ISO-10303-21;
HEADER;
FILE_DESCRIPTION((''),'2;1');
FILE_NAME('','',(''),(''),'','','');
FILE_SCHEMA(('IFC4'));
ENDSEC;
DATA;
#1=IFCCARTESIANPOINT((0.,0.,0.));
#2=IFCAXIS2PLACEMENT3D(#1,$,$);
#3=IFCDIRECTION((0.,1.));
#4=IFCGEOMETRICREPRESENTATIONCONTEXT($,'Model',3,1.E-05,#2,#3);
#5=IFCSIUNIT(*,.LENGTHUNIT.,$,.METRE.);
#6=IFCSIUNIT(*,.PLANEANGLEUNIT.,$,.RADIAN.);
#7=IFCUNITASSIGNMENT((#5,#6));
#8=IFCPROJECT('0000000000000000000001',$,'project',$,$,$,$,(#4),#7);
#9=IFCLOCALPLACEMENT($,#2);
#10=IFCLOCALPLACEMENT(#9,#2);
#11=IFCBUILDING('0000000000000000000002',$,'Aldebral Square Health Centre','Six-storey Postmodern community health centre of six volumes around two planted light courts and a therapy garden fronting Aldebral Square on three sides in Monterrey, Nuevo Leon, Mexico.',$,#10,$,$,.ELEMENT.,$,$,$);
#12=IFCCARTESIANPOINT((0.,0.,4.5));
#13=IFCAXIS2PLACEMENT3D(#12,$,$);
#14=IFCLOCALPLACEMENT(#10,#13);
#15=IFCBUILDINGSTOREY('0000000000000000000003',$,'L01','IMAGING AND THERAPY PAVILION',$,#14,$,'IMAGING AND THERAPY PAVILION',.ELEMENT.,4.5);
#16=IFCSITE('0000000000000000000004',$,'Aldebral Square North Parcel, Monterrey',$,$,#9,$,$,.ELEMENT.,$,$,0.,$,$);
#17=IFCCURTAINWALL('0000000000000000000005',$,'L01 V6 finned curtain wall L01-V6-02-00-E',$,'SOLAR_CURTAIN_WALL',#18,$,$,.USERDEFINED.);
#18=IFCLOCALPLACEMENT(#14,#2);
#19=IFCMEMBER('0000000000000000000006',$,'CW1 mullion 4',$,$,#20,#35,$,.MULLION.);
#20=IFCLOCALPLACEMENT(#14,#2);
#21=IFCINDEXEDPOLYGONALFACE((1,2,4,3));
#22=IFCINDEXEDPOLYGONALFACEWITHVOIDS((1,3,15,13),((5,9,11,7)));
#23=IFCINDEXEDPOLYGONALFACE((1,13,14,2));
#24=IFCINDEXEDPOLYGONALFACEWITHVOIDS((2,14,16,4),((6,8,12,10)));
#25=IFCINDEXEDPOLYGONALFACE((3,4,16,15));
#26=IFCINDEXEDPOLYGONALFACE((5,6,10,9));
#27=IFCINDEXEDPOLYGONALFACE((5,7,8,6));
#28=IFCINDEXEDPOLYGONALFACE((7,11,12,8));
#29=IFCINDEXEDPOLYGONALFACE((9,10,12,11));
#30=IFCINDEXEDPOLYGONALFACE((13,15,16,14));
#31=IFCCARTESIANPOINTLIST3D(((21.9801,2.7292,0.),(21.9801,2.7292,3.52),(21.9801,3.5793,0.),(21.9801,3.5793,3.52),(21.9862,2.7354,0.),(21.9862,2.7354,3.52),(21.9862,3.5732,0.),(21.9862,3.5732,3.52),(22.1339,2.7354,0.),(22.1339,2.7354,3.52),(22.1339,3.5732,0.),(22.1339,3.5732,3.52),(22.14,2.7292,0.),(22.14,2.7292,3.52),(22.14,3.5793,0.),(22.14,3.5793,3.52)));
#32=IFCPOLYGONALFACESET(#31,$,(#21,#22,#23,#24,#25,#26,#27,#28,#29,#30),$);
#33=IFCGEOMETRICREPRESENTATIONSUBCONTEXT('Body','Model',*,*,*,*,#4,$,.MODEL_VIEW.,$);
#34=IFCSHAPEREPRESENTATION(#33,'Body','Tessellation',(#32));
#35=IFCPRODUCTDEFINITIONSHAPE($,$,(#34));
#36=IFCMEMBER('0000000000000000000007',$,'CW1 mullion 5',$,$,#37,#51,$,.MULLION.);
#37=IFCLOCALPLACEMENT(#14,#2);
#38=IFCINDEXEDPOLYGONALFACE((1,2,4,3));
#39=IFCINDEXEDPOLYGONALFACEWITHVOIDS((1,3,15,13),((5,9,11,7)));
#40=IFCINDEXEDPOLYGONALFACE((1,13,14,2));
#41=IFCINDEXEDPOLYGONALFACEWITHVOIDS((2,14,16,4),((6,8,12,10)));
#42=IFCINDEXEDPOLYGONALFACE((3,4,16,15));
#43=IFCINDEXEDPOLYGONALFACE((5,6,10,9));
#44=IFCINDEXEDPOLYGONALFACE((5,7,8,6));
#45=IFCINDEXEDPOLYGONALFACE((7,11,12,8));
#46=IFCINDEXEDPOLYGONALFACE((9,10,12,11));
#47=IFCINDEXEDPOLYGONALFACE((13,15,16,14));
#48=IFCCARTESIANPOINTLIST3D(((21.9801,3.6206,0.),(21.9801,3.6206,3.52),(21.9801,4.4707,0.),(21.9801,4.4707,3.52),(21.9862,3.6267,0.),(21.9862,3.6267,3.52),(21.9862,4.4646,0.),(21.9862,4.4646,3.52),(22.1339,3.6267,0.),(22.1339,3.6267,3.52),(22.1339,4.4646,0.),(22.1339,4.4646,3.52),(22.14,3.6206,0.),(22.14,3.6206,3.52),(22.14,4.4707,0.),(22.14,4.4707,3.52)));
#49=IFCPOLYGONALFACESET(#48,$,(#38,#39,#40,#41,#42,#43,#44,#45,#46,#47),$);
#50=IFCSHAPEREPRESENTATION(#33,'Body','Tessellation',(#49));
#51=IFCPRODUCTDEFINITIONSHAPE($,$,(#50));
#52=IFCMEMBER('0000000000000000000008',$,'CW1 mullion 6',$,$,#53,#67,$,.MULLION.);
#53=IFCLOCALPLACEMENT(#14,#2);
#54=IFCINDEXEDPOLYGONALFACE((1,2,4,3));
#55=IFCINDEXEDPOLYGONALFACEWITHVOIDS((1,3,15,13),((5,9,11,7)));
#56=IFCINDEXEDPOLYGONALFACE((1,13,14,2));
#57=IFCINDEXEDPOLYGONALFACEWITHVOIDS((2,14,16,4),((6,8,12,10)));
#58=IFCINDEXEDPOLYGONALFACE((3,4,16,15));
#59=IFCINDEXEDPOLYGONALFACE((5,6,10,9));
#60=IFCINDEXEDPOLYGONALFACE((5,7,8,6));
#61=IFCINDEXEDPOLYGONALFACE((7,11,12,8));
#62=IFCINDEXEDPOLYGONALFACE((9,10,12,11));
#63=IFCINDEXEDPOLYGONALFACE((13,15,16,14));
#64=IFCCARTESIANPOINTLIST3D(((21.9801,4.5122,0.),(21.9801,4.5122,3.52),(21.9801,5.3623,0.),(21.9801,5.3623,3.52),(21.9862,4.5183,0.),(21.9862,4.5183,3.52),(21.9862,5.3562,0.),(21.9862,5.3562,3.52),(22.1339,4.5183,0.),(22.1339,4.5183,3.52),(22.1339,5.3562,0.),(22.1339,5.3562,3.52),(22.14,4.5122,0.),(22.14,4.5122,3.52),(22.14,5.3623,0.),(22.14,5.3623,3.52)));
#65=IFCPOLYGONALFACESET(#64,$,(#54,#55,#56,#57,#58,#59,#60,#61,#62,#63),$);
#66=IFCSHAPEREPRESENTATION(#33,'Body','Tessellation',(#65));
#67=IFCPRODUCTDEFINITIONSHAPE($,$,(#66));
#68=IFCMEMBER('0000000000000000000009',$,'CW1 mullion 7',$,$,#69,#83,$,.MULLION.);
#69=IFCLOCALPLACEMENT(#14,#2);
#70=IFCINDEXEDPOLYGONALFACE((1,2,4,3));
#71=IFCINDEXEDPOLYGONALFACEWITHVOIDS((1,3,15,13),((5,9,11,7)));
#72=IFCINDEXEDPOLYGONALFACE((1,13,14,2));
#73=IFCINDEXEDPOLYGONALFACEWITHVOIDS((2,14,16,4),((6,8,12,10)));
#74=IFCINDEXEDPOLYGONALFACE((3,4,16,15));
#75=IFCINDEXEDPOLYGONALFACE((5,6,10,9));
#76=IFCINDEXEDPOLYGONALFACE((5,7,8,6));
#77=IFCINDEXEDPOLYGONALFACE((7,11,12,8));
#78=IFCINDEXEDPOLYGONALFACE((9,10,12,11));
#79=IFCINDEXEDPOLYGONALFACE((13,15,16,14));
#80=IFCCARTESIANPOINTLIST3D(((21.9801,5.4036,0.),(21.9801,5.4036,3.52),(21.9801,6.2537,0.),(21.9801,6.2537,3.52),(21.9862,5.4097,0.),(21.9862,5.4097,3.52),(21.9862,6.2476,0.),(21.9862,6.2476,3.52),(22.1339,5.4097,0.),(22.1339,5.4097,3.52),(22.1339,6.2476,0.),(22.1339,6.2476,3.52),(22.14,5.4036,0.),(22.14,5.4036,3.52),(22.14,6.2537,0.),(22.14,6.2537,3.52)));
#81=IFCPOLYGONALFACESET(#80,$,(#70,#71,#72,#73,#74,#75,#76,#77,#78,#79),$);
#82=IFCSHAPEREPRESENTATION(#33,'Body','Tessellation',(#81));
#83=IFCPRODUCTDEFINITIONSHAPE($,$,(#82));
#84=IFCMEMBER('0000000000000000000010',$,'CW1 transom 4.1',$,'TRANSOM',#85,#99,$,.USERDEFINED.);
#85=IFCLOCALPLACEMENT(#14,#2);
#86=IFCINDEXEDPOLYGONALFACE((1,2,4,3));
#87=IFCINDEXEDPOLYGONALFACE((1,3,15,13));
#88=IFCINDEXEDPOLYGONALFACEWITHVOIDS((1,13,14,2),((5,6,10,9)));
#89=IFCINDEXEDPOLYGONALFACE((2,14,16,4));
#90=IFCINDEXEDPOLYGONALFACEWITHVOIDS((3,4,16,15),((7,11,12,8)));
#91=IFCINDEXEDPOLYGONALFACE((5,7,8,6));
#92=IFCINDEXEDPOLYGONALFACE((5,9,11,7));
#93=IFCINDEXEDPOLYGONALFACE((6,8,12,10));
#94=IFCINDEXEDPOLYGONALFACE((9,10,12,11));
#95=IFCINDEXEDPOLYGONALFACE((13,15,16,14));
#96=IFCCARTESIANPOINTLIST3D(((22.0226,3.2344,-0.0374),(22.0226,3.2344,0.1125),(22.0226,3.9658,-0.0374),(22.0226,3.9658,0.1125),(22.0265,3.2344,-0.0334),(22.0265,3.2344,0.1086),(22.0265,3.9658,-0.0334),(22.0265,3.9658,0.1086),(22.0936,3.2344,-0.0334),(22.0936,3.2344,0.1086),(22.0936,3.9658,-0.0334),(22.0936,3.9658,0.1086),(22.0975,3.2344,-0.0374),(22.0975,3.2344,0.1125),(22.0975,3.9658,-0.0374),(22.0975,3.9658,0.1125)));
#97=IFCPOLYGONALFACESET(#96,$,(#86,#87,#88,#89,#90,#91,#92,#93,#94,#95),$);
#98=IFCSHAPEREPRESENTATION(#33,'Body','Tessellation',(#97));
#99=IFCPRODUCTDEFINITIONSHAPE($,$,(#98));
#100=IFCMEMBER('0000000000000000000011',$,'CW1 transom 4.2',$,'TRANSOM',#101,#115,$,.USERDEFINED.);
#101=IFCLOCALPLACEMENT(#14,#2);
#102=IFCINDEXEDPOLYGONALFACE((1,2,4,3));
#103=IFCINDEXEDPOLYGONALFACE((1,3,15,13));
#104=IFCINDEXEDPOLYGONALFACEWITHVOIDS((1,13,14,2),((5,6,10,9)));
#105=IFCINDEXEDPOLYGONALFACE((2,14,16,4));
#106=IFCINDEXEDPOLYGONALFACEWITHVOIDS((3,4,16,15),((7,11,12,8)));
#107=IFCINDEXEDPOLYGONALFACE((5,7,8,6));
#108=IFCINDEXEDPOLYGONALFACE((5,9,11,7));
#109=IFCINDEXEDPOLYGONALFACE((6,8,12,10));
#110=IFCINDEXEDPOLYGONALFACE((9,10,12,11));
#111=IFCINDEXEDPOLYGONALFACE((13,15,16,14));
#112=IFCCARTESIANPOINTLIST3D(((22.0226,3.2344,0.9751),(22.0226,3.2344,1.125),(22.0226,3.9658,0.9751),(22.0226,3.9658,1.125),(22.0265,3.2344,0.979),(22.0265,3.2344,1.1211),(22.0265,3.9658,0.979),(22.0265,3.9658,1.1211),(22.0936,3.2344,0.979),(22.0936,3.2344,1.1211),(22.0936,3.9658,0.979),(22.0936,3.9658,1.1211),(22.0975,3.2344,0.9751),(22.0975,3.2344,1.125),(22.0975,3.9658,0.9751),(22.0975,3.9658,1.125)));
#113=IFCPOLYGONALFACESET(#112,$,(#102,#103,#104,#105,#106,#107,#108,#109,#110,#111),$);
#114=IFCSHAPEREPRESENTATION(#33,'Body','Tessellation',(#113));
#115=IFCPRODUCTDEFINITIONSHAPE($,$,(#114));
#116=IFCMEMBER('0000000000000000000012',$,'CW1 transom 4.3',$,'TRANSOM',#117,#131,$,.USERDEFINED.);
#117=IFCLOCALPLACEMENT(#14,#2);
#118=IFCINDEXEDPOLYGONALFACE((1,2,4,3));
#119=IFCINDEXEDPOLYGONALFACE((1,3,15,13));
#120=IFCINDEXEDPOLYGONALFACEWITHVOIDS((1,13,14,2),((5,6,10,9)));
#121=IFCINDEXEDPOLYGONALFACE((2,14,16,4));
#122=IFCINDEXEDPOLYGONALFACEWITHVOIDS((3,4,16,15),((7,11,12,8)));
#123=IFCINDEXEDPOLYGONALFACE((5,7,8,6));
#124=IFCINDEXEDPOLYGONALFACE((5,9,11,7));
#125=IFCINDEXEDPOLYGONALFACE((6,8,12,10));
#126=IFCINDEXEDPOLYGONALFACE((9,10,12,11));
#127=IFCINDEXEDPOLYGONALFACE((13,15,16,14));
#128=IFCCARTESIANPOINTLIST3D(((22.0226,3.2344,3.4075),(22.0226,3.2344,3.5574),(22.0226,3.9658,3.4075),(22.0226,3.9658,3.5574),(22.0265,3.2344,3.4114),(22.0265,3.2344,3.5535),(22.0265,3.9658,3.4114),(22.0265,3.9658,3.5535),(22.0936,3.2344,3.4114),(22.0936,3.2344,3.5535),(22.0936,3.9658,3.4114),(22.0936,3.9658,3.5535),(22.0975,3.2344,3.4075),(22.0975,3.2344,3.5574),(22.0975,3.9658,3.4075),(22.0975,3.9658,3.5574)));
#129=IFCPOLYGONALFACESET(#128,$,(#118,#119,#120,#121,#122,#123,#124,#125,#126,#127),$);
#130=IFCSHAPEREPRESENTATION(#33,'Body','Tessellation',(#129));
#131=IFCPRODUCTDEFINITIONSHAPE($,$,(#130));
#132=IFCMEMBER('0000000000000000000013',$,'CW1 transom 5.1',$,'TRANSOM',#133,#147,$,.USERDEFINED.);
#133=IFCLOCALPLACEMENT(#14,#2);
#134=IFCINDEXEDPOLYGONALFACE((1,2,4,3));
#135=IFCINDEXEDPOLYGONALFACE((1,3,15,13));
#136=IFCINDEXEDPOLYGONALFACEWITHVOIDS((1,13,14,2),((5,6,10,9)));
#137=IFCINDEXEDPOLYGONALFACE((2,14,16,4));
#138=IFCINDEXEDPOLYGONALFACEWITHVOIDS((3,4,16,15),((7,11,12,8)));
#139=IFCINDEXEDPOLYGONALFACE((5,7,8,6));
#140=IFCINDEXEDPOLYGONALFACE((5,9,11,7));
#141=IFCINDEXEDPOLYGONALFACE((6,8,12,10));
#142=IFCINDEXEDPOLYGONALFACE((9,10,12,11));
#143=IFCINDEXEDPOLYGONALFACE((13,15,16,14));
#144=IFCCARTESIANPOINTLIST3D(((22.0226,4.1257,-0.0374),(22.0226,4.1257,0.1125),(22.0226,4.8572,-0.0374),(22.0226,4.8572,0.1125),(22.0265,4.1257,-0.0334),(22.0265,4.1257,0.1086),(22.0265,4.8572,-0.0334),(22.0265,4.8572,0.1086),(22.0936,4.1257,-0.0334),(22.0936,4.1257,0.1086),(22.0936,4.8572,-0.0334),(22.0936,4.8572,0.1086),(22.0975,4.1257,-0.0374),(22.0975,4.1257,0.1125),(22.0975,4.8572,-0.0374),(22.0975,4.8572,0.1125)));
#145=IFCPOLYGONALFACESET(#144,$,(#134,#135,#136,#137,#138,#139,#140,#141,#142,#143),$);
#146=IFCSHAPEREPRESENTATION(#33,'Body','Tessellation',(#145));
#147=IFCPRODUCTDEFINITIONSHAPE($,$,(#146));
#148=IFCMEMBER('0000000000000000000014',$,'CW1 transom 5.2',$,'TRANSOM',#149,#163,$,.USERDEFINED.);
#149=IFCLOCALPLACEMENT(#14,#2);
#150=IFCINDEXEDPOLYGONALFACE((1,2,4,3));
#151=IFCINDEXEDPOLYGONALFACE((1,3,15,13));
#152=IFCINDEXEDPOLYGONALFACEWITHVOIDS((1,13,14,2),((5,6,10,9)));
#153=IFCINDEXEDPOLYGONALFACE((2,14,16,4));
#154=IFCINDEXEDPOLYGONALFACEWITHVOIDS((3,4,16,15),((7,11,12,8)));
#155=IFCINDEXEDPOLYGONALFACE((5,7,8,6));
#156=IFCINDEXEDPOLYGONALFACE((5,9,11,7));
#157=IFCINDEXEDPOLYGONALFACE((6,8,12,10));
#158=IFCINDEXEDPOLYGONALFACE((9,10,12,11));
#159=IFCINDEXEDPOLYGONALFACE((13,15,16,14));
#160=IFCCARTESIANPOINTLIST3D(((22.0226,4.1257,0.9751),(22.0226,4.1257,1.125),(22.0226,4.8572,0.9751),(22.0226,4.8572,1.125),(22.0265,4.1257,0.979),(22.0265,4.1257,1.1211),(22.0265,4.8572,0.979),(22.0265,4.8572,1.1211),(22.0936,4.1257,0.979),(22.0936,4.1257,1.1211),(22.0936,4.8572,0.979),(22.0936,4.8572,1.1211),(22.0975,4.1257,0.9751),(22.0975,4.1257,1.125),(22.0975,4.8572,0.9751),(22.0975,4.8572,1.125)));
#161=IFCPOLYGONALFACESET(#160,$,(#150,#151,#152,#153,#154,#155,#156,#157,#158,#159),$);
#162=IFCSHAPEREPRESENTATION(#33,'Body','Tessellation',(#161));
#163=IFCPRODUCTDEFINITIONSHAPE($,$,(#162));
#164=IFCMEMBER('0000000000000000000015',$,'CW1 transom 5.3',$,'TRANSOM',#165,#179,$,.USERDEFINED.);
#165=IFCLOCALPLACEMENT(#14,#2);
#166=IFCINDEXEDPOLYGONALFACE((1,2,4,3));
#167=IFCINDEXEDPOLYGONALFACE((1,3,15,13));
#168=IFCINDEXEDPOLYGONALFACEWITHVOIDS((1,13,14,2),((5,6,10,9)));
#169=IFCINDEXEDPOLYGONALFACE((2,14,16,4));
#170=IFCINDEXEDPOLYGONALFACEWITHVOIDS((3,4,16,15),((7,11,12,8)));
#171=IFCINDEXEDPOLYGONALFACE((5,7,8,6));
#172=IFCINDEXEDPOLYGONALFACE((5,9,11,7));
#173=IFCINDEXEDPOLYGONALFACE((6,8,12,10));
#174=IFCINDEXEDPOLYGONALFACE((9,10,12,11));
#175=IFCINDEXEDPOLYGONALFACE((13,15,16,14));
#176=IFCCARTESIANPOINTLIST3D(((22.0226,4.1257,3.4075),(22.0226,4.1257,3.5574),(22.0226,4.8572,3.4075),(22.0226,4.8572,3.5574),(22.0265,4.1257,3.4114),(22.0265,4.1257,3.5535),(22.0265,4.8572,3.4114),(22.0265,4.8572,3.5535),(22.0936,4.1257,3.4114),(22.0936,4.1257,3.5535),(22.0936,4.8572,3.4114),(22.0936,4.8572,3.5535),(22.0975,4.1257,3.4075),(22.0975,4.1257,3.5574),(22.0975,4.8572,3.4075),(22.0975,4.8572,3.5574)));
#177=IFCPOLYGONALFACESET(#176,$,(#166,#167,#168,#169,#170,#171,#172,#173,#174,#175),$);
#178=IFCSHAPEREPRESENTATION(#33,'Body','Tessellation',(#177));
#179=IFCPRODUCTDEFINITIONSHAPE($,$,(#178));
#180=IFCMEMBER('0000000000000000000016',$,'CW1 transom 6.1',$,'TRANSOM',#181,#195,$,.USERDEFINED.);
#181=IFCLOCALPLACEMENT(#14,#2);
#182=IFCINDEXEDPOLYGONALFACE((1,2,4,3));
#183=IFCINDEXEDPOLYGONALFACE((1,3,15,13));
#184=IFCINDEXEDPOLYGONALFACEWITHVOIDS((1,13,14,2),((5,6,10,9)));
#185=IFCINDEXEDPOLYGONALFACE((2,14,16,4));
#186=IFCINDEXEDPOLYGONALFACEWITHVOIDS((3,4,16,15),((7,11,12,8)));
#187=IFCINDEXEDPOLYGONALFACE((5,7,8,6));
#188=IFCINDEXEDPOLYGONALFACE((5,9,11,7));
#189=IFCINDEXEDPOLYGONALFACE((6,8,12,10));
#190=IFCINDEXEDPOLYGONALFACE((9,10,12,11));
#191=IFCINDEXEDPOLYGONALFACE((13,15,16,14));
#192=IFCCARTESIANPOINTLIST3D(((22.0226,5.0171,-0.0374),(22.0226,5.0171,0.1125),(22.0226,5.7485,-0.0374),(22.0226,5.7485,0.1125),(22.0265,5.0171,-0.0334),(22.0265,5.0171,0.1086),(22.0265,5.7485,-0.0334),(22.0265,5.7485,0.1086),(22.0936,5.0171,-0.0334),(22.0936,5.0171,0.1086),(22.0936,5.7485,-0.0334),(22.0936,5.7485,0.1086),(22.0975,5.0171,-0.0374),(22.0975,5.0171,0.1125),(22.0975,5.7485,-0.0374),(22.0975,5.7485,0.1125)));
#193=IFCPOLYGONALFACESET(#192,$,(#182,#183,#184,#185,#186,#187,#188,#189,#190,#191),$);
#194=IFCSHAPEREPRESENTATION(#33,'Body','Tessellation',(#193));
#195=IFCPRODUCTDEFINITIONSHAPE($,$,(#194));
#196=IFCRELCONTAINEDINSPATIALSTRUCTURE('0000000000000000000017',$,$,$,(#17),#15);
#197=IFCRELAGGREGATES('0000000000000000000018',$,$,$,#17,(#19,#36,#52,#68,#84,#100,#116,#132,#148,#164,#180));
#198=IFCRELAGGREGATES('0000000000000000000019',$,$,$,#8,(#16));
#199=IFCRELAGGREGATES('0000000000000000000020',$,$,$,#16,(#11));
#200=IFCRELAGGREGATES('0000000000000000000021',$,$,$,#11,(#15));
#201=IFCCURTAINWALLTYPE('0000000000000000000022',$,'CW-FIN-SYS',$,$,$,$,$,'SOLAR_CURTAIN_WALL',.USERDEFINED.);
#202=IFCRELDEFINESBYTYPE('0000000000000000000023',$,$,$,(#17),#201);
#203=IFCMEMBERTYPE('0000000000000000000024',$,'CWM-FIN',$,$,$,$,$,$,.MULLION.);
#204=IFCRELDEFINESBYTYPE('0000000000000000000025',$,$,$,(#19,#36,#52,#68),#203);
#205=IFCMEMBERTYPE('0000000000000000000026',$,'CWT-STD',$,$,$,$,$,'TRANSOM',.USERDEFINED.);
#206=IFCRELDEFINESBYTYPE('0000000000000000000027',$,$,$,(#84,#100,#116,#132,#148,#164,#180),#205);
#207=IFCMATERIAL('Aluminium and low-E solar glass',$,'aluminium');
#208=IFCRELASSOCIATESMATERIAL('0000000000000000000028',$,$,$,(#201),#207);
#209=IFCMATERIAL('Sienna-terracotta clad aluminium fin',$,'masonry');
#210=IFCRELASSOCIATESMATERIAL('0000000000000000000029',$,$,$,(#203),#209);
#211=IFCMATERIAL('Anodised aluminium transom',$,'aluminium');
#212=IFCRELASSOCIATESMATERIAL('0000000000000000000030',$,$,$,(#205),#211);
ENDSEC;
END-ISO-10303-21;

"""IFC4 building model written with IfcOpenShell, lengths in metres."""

from ifc_helpers import new_model, si_unit, direction, frame, origin, origin_2d, place, context, subcontext, project, spatial, hollow_rectangle, extrude, material, material_profile, profile_set, type_object, element, aggregate, save


model = new_model("IFC4")

# Units and contexts
model_context = context("Model", 3, precision=1e-05, world=origin(), true_north=direction((0.0, 1.0)))
body_context = subcontext(model_context, "Body", "Model", "MODEL_VIEW")
ifc_project = project(units=[si_unit("LENGTHUNIT", "METRE"), si_unit("PLANEANGLEUNIT", "RADIAN")], contexts=[model_context])

# Site, building, storey
site_placement = place(None, origin())
site = spatial("IfcSite", under=ifc_project, at=site_placement, Name="Aldebral Square North Parcel, Monterrey", CompositionType="ELEMENT", RefElevation=0.0)
building_placement = place(site_placement, origin())
building = spatial("IfcBuilding", under=site, at=building_placement, Name="Aldebral Square Health Centre", Description="Six-storey Postmodern community health centre of six volumes around two planted light courts and a therapy garden fronting Aldebral Square on three sides in Monterrey, Nuevo Leon, Mexico.", CompositionType="ELEMENT")
storey_placement = place(building_placement, frame((0.0, 0.0, 4.5)))
storey = spatial("IfcBuildingStorey", under=building, at=storey_placement, Name="L01", Description="IMAGING AND THERAPY PAVILION", LongName="IMAGING AND THERAPY PAVILION", CompositionType="ELEMENT", Elevation=4.5)

# Curtain wall, members
ifc_material_1 = material(Name="Aluminium and low-E solar glass", Category="aluminium")
curtain_wall_type = type_object("IfcCurtainWallType", Name="CW-FIN-SYS", ElementType="SOLAR_CURTAIN_WALL", PredefinedType="USERDEFINED", material=ifc_material_1)
curtain_wall_placement = place(storey_placement, origin())
curtain_wall = element("IfcCurtainWall", 1, at=curtain_wall_placement, inside=storey, type_object=curtain_wall_type, Name="L01 V6 finned curtain wall L01-V6-02-00-E", ObjectType="SOLAR_CURTAIN_WALL", PredefinedType="USERDEFINED")
ifc_material_2 = material(Name="Sienna-terracotta clad aluminium fin", Category="masonry")
ifc_material_profile_1 = material_profile(ifc_material_2, hollow_rectangle(XDim=0.1599, YDim=0.8501, WallThickness=0.0061, at=origin_2d()), Name="FIN 160x850x6")
ifc_profile_set_1 = profile_set([ifc_material_profile_1], Name="Sienna-terracotta clad aluminium fin")
member_type_1 = type_object("IfcMemberType", Name="CWM-FIN", PredefinedType="MULLION", material=ifc_profile_set_1)
member_1_placement = place(storey_placement, frame((22.0601, 3.1543, 0.0), z_axis=(0.0, 0.0, 1.0), x_axis=(-1.0, 0.0, 0.0)))
member_1 = element("IfcMember", 2, at=member_1_placement, type_object=member_type_1, Name="CW1 mullion 4", PredefinedType="MULLION", context=body_context, shape_type="SweptSolid", body=[
    extrude(hollow_rectangle(XDim=0.1599, YDim=0.8501, WallThickness=0.0061, at=origin_2d()), origin(), (0.0, 0.0, 1.0), 3.52),
])
member_2_placement = place(storey_placement, frame((22.0601, 4.0457, 0.0), z_axis=(0.0, 0.0, 1.0), x_axis=(-1.0, 0.0, 0.0)))
member_2 = element("IfcMember", 3, at=member_2_placement, type_object=member_type_1, Name="CW1 mullion 5", PredefinedType="MULLION", context=body_context, shape_type="SweptSolid", body=[
    extrude(hollow_rectangle(XDim=0.1599, YDim=0.8501, WallThickness=0.0061, at=origin_2d()), origin(), (0.0, 0.0, 1.0), 3.52),
])
member_3_placement = place(storey_placement, frame((22.0601, 4.9373, 0.0), z_axis=(0.0, 0.0, 1.0), x_axis=(-1.0, 0.0, 0.0)))
member_3 = element("IfcMember", 4, at=member_3_placement, type_object=member_type_1, Name="CW1 mullion 6", PredefinedType="MULLION", context=body_context, shape_type="SweptSolid", body=[
    extrude(hollow_rectangle(XDim=0.1599, YDim=0.8501, WallThickness=0.0061, at=origin_2d()), origin(), (0.0, 0.0, 1.0), 3.52),
])
member_4_placement = place(storey_placement, frame((22.0601, 5.8286, 0.0), z_axis=(0.0, 0.0, 1.0), x_axis=(-1.0, 0.0, 0.0)))
member_4 = element("IfcMember", 5, at=member_4_placement, type_object=member_type_1, Name="CW1 mullion 7", PredefinedType="MULLION", context=body_context, shape_type="SweptSolid", body=[
    extrude(hollow_rectangle(XDim=0.1599, YDim=0.8501, WallThickness=0.0061, at=origin_2d()), origin(), (0.0, 0.0, 1.0), 3.52),
])
ifc_material_3 = material(Name="Anodised aluminium transom", Category="aluminium")
ifc_material_profile_2 = material_profile(ifc_material_3, hollow_rectangle(XDim=0.075, YDim=0.1499, WallThickness=0.0039, at=origin_2d()), Name="CWT 75x150x4")
ifc_profile_set_2 = profile_set([ifc_material_profile_2], Name="Anodised aluminium transom")
member_type_2 = type_object("IfcMemberType", Name="CWT-STD", ElementType="TRANSOM", PredefinedType="USERDEFINED", material=ifc_profile_set_2)
member_5_placement = place(storey_placement, frame((22.0601, 3.2344, 0.0376), z_axis=(0.0, 1.0, 0.0), x_axis=(-1.0, 0.0, 0.0)))
member_5 = element("IfcMember", 6, at=member_5_placement, type_object=member_type_2, Name="CW1 transom 4.1", ObjectType="TRANSOM", PredefinedType="USERDEFINED", context=body_context, shape_type="SweptSolid", body=[
    extrude(hollow_rectangle(XDim=0.075, YDim=0.1499, WallThickness=0.0039, at=origin_2d()), origin(), (0.0, 0.0, 1.0), 0.7314),
])
member_6_placement = place(storey_placement, frame((22.0601, 3.2344, 1.05), z_axis=(0.0, 1.0, 0.0), x_axis=(-1.0, 0.0, 0.0)))
member_6 = element("IfcMember", 7, at=member_6_placement, type_object=member_type_2, Name="CW1 transom 4.2", ObjectType="TRANSOM", PredefinedType="USERDEFINED", context=body_context, shape_type="SweptSolid", body=[
    extrude(hollow_rectangle(XDim=0.075, YDim=0.1499, WallThickness=0.0039, at=origin_2d()), origin(), (0.0, 0.0, 1.0), 0.7314),
])
member_7_placement = place(storey_placement, frame((22.0601, 3.2344, 3.4824), z_axis=(0.0, 1.0, 0.0), x_axis=(-1.0, 0.0, 0.0)))
member_7 = element("IfcMember", 8, at=member_7_placement, type_object=member_type_2, Name="CW1 transom 4.3", ObjectType="TRANSOM", PredefinedType="USERDEFINED", context=body_context, shape_type="SweptSolid", body=[
    extrude(hollow_rectangle(XDim=0.075, YDim=0.1499, WallThickness=0.0039, at=origin_2d()), origin(), (0.0, 0.0, 1.0), 0.7314),
])
member_8_placement = place(storey_placement, frame((22.0601, 4.1257, 0.0376), z_axis=(0.0, 1.0, 0.0), x_axis=(-1.0, 0.0, 0.0)))
member_8 = element("IfcMember", 9, at=member_8_placement, type_object=member_type_2, Name="CW1 transom 5.1", ObjectType="TRANSOM", PredefinedType="USERDEFINED", context=body_context, shape_type="SweptSolid", body=[
    extrude(hollow_rectangle(XDim=0.075, YDim=0.1499, WallThickness=0.0039, at=origin_2d()), origin(), (0.0, 0.0, 1.0), 0.7314),
])
member_9_placement = place(storey_placement, frame((22.0601, 4.1257, 1.05), z_axis=(0.0, 1.0, 0.0), x_axis=(-1.0, 0.0, 0.0)))
member_9 = element("IfcMember", 10, at=member_9_placement, type_object=member_type_2, Name="CW1 transom 5.2", ObjectType="TRANSOM", PredefinedType="USERDEFINED", context=body_context, shape_type="SweptSolid", body=[
    extrude(hollow_rectangle(XDim=0.075, YDim=0.1499, WallThickness=0.0039, at=origin_2d()), origin(), (0.0, 0.0, 1.0), 0.7314),
])
member_10_placement = place(storey_placement, frame((22.0601, 4.1257, 3.4824), z_axis=(0.0, 1.0, 0.0), x_axis=(-1.0, 0.0, 0.0)))
member_10 = element("IfcMember", 11, at=member_10_placement, type_object=member_type_2, Name="CW1 transom 5.3", ObjectType="TRANSOM", PredefinedType="USERDEFINED", context=body_context, shape_type="SweptSolid", body=[
    extrude(hollow_rectangle(XDim=0.075, YDim=0.1499, WallThickness=0.0039, at=origin_2d()), origin(), (0.0, 0.0, 1.0), 0.7314),
])
member_11_placement = place(storey_placement, frame((22.0601, 5.0171, 0.0376), z_axis=(0.0, 1.0, 0.0), x_axis=(-1.0, 0.0, 0.0)))
member_11 = element("IfcMember", 12, at=member_11_placement, type_object=member_type_2, Name="CW1 transom 6.1", ObjectType="TRANSOM", PredefinedType="USERDEFINED", context=body_context, shape_type="SweptSolid", body=[
    extrude(hollow_rectangle(XDim=0.075, YDim=0.1499, WallThickness=0.0039, at=origin_2d()), origin(), (0.0, 0.0, 1.0), 0.7314),
])
aggregate(curtain_wall, [member_1, member_2, member_3, member_4, member_5, member_6, member_7, member_8, member_9, member_10, member_11])

save(model, "model.ifc")
